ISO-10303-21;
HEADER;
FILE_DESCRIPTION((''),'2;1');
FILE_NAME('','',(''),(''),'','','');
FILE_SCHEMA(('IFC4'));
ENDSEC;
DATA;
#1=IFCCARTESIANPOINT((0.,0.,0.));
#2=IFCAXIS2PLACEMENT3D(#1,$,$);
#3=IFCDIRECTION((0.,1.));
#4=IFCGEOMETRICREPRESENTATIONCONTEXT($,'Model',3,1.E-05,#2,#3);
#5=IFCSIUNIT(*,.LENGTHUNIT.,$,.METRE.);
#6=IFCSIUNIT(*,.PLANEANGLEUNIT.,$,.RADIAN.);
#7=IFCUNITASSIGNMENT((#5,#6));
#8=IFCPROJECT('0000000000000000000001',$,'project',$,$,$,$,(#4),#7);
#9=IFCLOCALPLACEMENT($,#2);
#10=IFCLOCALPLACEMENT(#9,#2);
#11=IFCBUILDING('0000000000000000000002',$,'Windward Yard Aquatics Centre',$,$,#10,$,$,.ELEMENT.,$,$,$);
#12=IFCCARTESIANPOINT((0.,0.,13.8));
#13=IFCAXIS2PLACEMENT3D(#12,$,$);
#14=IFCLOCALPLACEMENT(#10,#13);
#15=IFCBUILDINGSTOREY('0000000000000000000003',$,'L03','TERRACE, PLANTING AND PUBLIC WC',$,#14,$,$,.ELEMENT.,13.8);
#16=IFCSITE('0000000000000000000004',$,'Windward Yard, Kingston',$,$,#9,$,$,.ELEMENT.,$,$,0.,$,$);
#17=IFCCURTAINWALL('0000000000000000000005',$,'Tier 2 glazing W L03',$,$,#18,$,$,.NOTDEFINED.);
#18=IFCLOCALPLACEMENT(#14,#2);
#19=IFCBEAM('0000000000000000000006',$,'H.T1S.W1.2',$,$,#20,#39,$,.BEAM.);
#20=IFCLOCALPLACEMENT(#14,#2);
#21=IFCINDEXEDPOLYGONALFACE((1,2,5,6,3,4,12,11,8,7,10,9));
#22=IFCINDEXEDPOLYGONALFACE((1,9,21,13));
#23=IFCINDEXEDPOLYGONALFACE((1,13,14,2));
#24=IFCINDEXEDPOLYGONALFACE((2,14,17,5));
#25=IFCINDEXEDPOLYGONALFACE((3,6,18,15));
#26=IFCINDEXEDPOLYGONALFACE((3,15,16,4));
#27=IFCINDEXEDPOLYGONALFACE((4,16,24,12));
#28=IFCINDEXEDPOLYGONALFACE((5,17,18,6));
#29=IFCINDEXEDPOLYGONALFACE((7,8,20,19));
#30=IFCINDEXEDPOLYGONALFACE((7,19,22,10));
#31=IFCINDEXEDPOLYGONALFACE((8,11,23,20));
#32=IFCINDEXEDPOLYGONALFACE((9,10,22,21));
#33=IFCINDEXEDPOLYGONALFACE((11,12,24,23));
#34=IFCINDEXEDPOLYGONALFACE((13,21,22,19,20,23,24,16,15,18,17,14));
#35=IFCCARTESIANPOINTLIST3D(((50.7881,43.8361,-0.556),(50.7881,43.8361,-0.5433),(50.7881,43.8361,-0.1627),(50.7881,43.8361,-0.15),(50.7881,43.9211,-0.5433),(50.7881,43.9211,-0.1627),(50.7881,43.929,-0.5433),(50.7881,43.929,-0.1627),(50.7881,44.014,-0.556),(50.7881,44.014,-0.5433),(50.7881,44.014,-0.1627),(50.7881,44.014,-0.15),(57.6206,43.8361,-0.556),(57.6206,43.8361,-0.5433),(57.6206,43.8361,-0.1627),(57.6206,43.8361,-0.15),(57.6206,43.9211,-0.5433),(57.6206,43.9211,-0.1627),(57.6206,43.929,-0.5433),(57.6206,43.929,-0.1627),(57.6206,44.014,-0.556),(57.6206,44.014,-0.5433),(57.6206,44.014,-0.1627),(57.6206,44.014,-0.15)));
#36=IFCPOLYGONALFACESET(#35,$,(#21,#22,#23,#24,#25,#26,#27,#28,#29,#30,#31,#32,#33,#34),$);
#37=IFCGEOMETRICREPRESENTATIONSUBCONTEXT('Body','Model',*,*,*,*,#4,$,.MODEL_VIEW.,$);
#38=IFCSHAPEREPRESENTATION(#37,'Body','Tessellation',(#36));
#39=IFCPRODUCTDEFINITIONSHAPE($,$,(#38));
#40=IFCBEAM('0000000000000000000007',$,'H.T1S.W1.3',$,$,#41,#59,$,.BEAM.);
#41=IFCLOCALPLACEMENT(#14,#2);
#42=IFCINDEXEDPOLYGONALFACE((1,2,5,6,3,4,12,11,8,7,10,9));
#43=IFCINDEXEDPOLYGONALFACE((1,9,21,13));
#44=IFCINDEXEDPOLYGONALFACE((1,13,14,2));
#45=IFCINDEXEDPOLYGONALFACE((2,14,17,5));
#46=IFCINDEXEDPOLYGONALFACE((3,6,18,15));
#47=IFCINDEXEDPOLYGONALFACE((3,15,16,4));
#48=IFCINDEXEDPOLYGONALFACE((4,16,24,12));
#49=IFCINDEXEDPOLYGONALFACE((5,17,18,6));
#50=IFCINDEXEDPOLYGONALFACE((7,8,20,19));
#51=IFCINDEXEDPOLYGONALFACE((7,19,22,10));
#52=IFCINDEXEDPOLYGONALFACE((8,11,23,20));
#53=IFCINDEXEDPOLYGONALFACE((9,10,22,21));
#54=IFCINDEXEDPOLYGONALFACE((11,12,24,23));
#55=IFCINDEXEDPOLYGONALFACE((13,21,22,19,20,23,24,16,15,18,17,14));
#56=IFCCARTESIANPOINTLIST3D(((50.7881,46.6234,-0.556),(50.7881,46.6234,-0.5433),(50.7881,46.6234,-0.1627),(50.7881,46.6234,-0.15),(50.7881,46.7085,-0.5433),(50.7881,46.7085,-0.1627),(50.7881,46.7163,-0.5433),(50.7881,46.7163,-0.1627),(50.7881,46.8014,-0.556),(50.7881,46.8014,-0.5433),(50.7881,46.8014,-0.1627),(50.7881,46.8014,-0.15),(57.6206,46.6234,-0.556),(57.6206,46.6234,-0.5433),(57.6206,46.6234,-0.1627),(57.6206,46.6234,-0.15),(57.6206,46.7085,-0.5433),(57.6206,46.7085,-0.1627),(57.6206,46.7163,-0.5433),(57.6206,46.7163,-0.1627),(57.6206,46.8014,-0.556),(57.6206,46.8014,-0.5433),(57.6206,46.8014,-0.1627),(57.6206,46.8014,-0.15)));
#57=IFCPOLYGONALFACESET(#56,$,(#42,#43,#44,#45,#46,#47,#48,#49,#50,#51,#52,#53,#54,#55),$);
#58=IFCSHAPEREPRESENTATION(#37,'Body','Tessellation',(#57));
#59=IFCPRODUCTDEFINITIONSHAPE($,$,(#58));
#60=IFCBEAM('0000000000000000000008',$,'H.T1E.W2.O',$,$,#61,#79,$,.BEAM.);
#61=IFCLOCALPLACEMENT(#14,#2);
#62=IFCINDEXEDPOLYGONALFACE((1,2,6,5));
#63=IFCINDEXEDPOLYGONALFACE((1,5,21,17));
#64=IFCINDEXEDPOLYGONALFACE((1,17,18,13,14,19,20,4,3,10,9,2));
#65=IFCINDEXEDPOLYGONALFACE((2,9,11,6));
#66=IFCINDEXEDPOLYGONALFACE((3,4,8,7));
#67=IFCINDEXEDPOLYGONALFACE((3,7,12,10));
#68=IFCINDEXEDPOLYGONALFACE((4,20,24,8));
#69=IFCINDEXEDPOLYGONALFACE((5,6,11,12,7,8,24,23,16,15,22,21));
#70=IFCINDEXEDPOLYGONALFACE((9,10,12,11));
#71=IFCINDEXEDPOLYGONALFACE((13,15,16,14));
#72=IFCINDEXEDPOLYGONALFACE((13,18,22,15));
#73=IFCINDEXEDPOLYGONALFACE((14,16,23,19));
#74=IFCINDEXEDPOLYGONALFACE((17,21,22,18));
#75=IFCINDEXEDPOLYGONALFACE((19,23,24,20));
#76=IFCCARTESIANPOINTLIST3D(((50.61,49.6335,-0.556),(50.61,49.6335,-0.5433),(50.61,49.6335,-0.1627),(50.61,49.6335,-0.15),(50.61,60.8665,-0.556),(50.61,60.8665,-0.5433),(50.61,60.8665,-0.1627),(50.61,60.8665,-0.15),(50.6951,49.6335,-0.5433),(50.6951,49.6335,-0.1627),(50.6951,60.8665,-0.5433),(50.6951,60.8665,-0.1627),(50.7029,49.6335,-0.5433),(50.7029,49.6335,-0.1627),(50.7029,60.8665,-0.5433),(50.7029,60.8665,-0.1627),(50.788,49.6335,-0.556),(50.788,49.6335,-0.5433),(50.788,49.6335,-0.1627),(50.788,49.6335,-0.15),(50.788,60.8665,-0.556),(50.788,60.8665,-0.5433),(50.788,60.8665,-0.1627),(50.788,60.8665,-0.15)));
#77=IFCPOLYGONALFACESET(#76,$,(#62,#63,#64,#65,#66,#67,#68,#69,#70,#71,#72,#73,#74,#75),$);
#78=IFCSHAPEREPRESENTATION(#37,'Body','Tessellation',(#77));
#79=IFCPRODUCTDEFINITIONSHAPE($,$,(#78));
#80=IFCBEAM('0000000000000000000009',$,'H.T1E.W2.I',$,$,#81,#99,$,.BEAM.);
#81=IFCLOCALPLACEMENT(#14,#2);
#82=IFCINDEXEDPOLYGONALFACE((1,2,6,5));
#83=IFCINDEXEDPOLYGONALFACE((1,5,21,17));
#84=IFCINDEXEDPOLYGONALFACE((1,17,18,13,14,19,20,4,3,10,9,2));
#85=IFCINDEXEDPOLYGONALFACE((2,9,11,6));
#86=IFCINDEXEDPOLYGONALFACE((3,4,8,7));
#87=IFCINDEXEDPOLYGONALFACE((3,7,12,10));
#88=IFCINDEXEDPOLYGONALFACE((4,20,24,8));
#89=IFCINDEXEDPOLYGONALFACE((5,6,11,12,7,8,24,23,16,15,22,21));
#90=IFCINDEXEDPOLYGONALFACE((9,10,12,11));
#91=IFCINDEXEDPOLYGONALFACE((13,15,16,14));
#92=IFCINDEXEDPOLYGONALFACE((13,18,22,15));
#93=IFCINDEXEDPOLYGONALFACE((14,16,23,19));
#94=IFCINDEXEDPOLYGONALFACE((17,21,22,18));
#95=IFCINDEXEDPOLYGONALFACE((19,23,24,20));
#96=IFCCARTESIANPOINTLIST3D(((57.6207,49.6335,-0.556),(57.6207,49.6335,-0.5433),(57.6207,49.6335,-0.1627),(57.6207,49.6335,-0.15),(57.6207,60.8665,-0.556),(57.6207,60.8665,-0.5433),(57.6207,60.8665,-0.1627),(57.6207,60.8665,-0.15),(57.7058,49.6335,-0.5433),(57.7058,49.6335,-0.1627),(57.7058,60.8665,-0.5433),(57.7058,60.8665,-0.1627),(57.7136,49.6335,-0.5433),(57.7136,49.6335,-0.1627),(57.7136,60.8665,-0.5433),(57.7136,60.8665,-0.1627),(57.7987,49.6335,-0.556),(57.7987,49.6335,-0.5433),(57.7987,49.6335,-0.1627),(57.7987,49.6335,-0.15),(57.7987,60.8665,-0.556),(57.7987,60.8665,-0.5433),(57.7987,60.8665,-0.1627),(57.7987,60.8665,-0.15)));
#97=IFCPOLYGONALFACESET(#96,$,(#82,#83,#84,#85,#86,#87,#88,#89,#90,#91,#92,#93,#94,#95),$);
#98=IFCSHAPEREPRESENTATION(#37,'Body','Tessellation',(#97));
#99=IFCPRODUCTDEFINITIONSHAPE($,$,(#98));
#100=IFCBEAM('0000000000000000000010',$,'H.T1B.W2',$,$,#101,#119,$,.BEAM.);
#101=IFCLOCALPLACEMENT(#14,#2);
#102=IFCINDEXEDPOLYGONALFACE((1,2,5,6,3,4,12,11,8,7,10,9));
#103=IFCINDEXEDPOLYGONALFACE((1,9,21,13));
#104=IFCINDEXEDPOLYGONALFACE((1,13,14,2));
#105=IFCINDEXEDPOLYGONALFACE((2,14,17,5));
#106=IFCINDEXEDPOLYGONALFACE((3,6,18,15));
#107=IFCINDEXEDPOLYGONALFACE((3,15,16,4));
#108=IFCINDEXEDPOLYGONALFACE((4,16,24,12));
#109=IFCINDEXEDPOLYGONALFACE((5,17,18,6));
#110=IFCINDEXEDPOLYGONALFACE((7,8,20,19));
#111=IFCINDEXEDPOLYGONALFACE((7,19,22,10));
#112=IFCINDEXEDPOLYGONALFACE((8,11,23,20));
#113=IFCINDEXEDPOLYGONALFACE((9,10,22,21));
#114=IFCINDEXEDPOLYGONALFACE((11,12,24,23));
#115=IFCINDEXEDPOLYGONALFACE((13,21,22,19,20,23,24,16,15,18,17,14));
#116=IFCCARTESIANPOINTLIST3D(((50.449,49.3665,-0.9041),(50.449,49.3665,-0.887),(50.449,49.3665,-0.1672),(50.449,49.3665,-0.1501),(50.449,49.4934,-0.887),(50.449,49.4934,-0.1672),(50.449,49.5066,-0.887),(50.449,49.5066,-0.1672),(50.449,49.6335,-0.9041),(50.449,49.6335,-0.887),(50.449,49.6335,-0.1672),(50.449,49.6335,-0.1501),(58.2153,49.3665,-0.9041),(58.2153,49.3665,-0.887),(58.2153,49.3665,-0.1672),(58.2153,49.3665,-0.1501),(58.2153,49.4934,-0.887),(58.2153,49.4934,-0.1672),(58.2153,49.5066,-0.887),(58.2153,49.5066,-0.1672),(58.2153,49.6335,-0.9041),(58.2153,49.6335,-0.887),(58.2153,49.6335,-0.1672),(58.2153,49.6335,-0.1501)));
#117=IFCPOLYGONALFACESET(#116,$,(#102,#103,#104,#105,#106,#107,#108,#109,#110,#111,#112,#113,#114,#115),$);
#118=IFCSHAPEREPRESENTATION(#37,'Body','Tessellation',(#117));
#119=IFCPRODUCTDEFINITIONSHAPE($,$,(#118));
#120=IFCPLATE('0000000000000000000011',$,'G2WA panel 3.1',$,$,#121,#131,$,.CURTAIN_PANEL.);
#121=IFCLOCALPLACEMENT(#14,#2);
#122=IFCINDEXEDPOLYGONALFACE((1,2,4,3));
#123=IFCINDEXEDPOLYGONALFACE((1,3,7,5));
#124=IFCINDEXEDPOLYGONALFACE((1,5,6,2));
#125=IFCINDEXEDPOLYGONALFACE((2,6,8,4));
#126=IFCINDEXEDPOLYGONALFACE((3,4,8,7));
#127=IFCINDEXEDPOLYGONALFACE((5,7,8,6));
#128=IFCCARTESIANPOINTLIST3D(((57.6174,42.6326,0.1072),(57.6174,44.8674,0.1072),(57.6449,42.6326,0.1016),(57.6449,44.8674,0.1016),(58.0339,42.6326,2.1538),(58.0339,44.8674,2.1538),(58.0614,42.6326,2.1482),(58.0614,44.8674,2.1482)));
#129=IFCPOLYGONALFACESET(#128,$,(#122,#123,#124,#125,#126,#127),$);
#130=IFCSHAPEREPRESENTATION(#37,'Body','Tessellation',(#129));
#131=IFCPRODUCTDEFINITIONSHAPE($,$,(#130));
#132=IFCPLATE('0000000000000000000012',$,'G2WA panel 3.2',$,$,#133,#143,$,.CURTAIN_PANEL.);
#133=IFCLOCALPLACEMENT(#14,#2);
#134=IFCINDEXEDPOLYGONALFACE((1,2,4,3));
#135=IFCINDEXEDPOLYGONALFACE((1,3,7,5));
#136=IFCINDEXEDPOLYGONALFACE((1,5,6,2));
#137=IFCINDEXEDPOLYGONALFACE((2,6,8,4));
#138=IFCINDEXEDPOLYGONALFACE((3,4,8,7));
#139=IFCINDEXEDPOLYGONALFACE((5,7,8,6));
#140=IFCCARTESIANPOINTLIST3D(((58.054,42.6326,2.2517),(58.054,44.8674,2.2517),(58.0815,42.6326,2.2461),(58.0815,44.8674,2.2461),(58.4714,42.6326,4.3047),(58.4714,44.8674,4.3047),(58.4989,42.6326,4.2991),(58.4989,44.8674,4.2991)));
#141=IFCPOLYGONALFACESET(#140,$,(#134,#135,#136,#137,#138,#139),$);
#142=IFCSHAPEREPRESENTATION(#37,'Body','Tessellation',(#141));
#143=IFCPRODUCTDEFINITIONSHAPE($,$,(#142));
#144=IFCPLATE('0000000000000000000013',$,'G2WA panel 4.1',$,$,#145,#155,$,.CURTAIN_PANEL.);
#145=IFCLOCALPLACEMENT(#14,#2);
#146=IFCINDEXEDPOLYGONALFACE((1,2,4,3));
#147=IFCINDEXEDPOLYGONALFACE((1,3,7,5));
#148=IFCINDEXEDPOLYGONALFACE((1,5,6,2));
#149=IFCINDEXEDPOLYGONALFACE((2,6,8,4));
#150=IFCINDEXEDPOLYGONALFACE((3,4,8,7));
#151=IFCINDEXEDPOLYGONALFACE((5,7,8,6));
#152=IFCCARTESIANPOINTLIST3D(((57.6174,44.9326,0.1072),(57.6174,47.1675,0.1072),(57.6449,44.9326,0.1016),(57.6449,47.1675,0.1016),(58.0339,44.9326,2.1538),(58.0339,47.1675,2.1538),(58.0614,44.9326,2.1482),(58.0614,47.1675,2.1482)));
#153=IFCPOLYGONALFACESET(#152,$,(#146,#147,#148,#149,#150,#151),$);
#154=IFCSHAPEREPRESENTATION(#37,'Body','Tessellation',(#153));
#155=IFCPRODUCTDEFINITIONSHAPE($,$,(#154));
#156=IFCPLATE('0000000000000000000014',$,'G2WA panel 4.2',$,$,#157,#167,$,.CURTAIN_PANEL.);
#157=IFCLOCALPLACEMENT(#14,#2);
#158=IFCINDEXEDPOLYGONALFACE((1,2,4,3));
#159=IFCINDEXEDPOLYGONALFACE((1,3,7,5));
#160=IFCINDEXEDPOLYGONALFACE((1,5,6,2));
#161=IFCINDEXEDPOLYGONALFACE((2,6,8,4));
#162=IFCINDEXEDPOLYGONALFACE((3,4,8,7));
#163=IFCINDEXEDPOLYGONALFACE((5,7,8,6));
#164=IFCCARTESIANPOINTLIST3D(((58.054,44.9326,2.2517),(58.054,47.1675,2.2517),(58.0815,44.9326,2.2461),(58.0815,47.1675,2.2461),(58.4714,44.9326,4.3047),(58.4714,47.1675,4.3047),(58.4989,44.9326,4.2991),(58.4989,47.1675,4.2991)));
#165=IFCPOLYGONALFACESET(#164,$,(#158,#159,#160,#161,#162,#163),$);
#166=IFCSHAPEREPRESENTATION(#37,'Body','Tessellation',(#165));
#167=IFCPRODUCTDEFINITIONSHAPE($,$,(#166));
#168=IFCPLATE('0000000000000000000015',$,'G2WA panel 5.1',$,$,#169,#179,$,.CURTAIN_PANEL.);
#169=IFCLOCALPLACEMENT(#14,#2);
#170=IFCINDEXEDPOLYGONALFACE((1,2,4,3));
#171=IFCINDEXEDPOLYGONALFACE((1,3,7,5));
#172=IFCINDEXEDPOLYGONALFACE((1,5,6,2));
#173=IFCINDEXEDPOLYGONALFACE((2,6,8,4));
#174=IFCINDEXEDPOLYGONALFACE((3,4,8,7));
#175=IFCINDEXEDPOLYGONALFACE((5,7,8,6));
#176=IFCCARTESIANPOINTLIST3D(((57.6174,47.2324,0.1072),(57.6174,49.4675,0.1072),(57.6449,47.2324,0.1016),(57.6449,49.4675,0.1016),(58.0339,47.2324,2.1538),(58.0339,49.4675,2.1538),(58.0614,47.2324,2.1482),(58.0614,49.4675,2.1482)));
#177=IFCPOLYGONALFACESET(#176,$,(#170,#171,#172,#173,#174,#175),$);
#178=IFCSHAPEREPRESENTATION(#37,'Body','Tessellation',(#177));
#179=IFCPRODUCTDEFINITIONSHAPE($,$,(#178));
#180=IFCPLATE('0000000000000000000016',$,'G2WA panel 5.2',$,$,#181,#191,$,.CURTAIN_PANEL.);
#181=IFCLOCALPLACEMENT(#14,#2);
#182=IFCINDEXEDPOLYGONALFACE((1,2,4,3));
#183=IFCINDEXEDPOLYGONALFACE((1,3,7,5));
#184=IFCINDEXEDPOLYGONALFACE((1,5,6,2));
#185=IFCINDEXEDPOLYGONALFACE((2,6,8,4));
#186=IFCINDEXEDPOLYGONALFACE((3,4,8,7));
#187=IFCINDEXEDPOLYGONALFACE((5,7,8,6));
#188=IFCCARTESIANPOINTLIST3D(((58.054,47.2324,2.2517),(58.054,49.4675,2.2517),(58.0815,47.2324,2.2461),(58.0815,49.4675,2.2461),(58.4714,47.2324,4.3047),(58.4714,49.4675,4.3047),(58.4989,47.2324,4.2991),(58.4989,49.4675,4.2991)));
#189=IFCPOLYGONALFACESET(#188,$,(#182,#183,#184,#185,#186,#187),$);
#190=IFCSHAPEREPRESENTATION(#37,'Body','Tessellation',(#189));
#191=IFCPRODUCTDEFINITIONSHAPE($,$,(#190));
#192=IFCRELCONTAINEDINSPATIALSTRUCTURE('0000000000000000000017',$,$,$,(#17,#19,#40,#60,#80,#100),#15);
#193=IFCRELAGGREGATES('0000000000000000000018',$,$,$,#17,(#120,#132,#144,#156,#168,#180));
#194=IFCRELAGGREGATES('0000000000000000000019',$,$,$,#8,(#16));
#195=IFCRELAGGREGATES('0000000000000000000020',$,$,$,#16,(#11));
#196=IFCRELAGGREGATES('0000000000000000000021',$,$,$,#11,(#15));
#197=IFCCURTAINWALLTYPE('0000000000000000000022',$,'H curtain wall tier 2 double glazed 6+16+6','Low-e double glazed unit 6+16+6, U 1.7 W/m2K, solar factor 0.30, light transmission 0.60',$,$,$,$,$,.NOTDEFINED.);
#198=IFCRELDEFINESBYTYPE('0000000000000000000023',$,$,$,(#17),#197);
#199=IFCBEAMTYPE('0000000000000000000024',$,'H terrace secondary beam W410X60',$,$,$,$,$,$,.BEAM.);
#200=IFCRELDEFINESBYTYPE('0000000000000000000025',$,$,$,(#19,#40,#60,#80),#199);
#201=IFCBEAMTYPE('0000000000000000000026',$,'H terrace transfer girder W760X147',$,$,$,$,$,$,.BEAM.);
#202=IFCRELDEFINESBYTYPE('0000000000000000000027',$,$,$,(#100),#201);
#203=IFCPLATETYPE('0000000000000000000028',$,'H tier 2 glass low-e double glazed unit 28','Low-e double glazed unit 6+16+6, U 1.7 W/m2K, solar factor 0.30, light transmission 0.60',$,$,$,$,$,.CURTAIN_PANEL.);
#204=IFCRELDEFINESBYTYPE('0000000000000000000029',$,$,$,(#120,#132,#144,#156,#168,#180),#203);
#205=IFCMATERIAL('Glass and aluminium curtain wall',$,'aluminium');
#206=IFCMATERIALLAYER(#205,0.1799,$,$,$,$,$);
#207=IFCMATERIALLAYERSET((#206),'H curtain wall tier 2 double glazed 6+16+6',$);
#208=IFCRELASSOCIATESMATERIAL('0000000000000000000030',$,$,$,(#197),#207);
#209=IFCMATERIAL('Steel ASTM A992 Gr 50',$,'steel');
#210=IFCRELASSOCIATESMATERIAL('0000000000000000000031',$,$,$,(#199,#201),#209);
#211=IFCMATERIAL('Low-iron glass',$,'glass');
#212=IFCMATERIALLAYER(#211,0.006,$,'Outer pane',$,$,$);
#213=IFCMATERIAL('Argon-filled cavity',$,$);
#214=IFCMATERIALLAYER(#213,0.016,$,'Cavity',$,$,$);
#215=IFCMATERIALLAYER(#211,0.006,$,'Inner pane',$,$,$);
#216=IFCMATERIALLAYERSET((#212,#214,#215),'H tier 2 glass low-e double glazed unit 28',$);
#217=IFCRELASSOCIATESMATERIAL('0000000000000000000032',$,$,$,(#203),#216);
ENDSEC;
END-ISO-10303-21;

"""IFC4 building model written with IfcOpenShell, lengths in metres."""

from ifc_helpers import new_model, si_unit, direction, frame, origin, origin_2d, place, context, subcontext, project, spatial, polyline, i_section, outline, extrude, material, layer, layer_set, material_profile, profile_set, type_object, element, aggregate, save


model = new_model("IFC4")

# Units and contexts
model_context = context("Model", 3, precision=1e-05, world=origin(), true_north=direction((0.0, 1.0)))
body_context = subcontext(model_context, "Body", "Model", "MODEL_VIEW")
ifc_project = project(units=[si_unit("LENGTHUNIT", "METRE"), si_unit("PLANEANGLEUNIT", "RADIAN")], contexts=[model_context])

# Site, building, storey
site_placement = place(None, origin())
site = spatial("IfcSite", under=ifc_project, at=site_placement, Name="Windward Yard, Kingston", CompositionType="ELEMENT", RefElevation=0.0)
building_placement = place(site_placement, origin())
building = spatial("IfcBuilding", under=site, at=building_placement, Name="Windward Yard Aquatics Centre", CompositionType="ELEMENT")
storey_placement = place(building_placement, frame((0.0, 0.0, 13.8)))
storey = spatial("IfcBuildingStorey", under=building, at=storey_placement, Name="L03", Description="TERRACE, PLANTING AND PUBLIC WC", CompositionType="ELEMENT", Elevation=13.8)

# Curtain wall
ifc_material_1 = material(Name="Glass and aluminium curtain wall", Category="aluminium")
ifc_layer_1 = layer(ifc_material_1, 0.1799)
ifc_layer_set_1 = layer_set([ifc_layer_1], Name="H curtain wall tier 2 double glazed 6+16+6")
curtain_wall_type = type_object("IfcCurtainWallType", Name="H curtain wall tier 2 double glazed 6+16+6", Description="Low-e double glazed unit 6+16+6, U 1.7 W/m2K, solar factor 0.30, light transmission 0.60", PredefinedType="NOTDEFINED", material=ifc_layer_set_1)
curtain_wall_placement = place(storey_placement, origin())
curtain_wall = element("IfcCurtainWall", 1, at=curtain_wall_placement, inside=storey, type_object=curtain_wall_type, Name="Tier 2 glazing W L03", PredefinedType="NOTDEFINED")

# Beams
ifc_material_2 = material(Name="Steel ASTM A992 Gr 50", Category="steel")
ifc_material_profile_1 = material_profile(ifc_material_2, i_section(OverallWidth=0.178, OverallDepth=0.406, WebThickness=0.0078, FlangeThickness=0.0127, at=origin_2d()), Name="W410X60")
ifc_profile_set_1 = profile_set([ifc_material_profile_1], Name="Steel ASTM A992 Gr 50")
beam_type_1 = type_object("IfcBeamType", Name="H terrace secondary beam W410X60", PredefinedType="BEAM", material=ifc_profile_set_1)
for number, where, z_axis, x_axis, name in (
    (2, (50.7881, 43.925, -0.353), (1.0, 0.0, 0.0), (0.0, 1.0, 0.0), "H.T1S.W1.2"),
    (3, (50.7881, 46.7124, -0.353), (1.0, 0.0, 0.0), (0.0, 1.0, 0.0), "H.T1S.W1.3"),
):
    element("IfcBeam", number, at=place(storey_placement, frame(where, z_axis=z_axis, x_axis=x_axis)), inside=storey, type_object=beam_type_1, Name=name, PredefinedType="BEAM", context=body_context, shape_type="SweptSolid", body=[
        extrude(i_section(OverallWidth=0.178, OverallDepth=0.406, WebThickness=0.0078, FlangeThickness=0.0127, at=origin_2d()), origin(), (0.0, 0.0, 1.0), 6.8325),
    ])
for number, where, z_axis, x_axis, name in (
    (4, (50.699, 49.6335, -0.353), (0.0, 1.0, 0.0), (-1.0, 0.0, 0.0), "H.T1E.W2.O"),
    (5, (57.7097, 49.6335, -0.353), (0.0, 1.0, 0.0), (-1.0, 0.0, 0.0), "H.T1E.W2.I"),
):
    element("IfcBeam", number, at=place(storey_placement, frame(where, z_axis=z_axis, x_axis=x_axis)), inside=storey, type_object=beam_type_1, Name=name, PredefinedType="BEAM", context=body_context, shape_type="SweptSolid", body=[
        extrude(i_section(OverallWidth=0.178, OverallDepth=0.406, WebThickness=0.0078, FlangeThickness=0.0127, at=origin_2d()), origin(), (0.0, 0.0, 1.0), 11.2329),
    ])
ifc_material_profile_2 = material_profile(ifc_material_2, i_section(OverallWidth=0.2671, OverallDepth=0.7539, WebThickness=0.0132, FlangeThickness=0.0171, at=origin_2d()), Name="W760X147")
ifc_profile_set_2 = profile_set([ifc_material_profile_2], Name="Steel ASTM A992 Gr 50")
beam_type_2 = type_object("IfcBeamType", Name="H terrace transfer girder W760X147", PredefinedType="BEAM", material=ifc_profile_set_2)
beam_placement = place(storey_placement, frame((50.449, 49.5, -0.5271), z_axis=(1.0, 0.0, 0.0), x_axis=(0.0, 1.0, 0.0)))
element("IfcBeam", 6, at=beam_placement, inside=storey, type_object=beam_type_2, Name="H.T1B.W2", PredefinedType="BEAM", context=body_context, shape_type="SweptSolid", body=[
    extrude(i_section(OverallWidth=0.2671, OverallDepth=0.7539, WebThickness=0.0132, FlangeThickness=0.0171, at=origin_2d()), origin(), (0.0, 0.0, 1.0), 7.7664),
])

# Plates
ifc_material_3 = material(Name="Low-iron glass", Category="glass")
ifc_layer_2 = layer(ifc_material_3, 0.006, Name="Outer pane")
ifc_material_4 = material(Name="Argon-filled cavity")
ifc_layer_3 = layer(ifc_material_4, 0.016, Name="Cavity")
ifc_layer_4 = layer(ifc_material_3, 0.006, Name="Inner pane")
ifc_layer_set_2 = layer_set([ifc_layer_2, ifc_layer_3, ifc_layer_4], Name="H tier 2 glass low-e double glazed unit 28")
plate_type = type_object("IfcPlateType", Name="H tier 2 glass low-e double glazed unit 28", Description="Low-e double glazed unit 6+16+6, U 1.7 W/m2K, solar factor 0.30, light transmission 0.60", PredefinedType="CURTAIN_PANEL", material=ifc_layer_set_2)
plate_1_placement = place(storey_placement, frame((57.6174, 42.6326, 0.1072), z_axis=(-0.979914, 0.0, 0.199419), x_axis=(0.0, 1.0, 0.0)))
plate_1 = element("IfcPlate", 7, at=plate_1_placement, type_object=plate_type, Name="G2WA panel 3.1", PredefinedType="CURTAIN_PANEL", context=body_context, shape_type="SweptSolid", body=[
    extrude(outline(polyline([(0.0, 0.0), (2.2349, 0.0), (2.2349, -2.0886), (0.0, -2.0886), (0.0, 0.0)])), origin(), (0.0, 0.0, -1.0), 0.0281),
])
plate_2_placement = place(storey_placement, frame((58.054, 42.6326, 2.2517), z_axis=(-0.979944, 0.0, 0.199275), x_axis=(0.0, 1.0, 0.0)))
plate_2 = element("IfcPlate", 8, at=plate_2_placement, type_object=plate_type, Name="G2WA panel 3.2", PredefinedType="CURTAIN_PANEL", context=body_context, shape_type="SweptSolid", body=[
    extrude(outline(polyline([(0.0, 0.0), (2.2349, 0.0), (2.2349, -2.095), (0.0, -2.095), (0.0, 0.0)])), origin(), (0.0, 0.0, -1.0), 0.0281),
])
plate_3_placement = place(storey_placement, frame((57.6174, 44.9326, 0.1072), z_axis=(-0.979914, 0.0, 0.199419), x_axis=(0.0, 1.0, 0.0)))
plate_3 = element("IfcPlate", 9, at=plate_3_placement, type_object=plate_type, Name="G2WA panel 4.1", PredefinedType="CURTAIN_PANEL", context=body_context, shape_type="SweptSolid", body=[
    extrude(outline(polyline([(0.0, 0.0), (2.2349, 0.0), (2.2349, -2.0886), (0.0, -2.0886), (0.0, 0.0)])), origin(), (0.0, 0.0, -1.0), 0.0281),
])
plate_4_placement = place(storey_placement, frame((58.054, 44.9326, 2.2517), z_axis=(-0.979944, 0.0, 0.199275), x_axis=(0.0, 1.0, 0.0)))
plate_4 = element("IfcPlate", 10, at=plate_4_placement, type_object=plate_type, Name="G2WA panel 4.2", PredefinedType="CURTAIN_PANEL", context=body_context, shape_type="SweptSolid", body=[
    extrude(outline(polyline([(0.0, 0.0), (2.2349, 0.0), (2.2349, -2.095), (0.0, -2.095), (0.0, 0.0)])), origin(), (0.0, 0.0, -1.0), 0.0281),
])
plate_5_placement = place(storey_placement, frame((57.6174, 47.2324, 0.1072), z_axis=(-0.979914, 0.0, 0.199419), x_axis=(0.0, 1.0, 0.0)))
plate_5 = element("IfcPlate", 11, at=plate_5_placement, type_object=plate_type, Name="G2WA panel 5.1", PredefinedType="CURTAIN_PANEL", context=body_context, shape_type="SweptSolid", body=[
    extrude(outline(polyline([(0.0, 0.0), (2.2351, 0.0), (2.2351, -2.0886), (0.0, -2.0886), (0.0, 0.0)])), origin(), (0.0, 0.0, -1.0), 0.0281),
])
plate_6_placement = place(storey_placement, frame((58.054, 47.2324, 2.2517), z_axis=(-0.979944, 0.0, 0.199275), x_axis=(0.0, 1.0, 0.0)))
plate_6 = element("IfcPlate", 12, at=plate_6_placement, type_object=plate_type, Name="G2WA panel 5.2", PredefinedType="CURTAIN_PANEL", context=body_context, shape_type="SweptSolid", body=[
    extrude(outline(polyline([(0.0, 0.0), (2.2351, 0.0), (2.2351, -2.095), (0.0, -2.095), (0.0, 0.0)])), origin(), (0.0, 0.0, -1.0), 0.0281),
])
aggregate(curtain_wall, [plate_1, plate_2, plate_3, plate_4, plate_5, plate_6])

save(model, "model.ifc")
